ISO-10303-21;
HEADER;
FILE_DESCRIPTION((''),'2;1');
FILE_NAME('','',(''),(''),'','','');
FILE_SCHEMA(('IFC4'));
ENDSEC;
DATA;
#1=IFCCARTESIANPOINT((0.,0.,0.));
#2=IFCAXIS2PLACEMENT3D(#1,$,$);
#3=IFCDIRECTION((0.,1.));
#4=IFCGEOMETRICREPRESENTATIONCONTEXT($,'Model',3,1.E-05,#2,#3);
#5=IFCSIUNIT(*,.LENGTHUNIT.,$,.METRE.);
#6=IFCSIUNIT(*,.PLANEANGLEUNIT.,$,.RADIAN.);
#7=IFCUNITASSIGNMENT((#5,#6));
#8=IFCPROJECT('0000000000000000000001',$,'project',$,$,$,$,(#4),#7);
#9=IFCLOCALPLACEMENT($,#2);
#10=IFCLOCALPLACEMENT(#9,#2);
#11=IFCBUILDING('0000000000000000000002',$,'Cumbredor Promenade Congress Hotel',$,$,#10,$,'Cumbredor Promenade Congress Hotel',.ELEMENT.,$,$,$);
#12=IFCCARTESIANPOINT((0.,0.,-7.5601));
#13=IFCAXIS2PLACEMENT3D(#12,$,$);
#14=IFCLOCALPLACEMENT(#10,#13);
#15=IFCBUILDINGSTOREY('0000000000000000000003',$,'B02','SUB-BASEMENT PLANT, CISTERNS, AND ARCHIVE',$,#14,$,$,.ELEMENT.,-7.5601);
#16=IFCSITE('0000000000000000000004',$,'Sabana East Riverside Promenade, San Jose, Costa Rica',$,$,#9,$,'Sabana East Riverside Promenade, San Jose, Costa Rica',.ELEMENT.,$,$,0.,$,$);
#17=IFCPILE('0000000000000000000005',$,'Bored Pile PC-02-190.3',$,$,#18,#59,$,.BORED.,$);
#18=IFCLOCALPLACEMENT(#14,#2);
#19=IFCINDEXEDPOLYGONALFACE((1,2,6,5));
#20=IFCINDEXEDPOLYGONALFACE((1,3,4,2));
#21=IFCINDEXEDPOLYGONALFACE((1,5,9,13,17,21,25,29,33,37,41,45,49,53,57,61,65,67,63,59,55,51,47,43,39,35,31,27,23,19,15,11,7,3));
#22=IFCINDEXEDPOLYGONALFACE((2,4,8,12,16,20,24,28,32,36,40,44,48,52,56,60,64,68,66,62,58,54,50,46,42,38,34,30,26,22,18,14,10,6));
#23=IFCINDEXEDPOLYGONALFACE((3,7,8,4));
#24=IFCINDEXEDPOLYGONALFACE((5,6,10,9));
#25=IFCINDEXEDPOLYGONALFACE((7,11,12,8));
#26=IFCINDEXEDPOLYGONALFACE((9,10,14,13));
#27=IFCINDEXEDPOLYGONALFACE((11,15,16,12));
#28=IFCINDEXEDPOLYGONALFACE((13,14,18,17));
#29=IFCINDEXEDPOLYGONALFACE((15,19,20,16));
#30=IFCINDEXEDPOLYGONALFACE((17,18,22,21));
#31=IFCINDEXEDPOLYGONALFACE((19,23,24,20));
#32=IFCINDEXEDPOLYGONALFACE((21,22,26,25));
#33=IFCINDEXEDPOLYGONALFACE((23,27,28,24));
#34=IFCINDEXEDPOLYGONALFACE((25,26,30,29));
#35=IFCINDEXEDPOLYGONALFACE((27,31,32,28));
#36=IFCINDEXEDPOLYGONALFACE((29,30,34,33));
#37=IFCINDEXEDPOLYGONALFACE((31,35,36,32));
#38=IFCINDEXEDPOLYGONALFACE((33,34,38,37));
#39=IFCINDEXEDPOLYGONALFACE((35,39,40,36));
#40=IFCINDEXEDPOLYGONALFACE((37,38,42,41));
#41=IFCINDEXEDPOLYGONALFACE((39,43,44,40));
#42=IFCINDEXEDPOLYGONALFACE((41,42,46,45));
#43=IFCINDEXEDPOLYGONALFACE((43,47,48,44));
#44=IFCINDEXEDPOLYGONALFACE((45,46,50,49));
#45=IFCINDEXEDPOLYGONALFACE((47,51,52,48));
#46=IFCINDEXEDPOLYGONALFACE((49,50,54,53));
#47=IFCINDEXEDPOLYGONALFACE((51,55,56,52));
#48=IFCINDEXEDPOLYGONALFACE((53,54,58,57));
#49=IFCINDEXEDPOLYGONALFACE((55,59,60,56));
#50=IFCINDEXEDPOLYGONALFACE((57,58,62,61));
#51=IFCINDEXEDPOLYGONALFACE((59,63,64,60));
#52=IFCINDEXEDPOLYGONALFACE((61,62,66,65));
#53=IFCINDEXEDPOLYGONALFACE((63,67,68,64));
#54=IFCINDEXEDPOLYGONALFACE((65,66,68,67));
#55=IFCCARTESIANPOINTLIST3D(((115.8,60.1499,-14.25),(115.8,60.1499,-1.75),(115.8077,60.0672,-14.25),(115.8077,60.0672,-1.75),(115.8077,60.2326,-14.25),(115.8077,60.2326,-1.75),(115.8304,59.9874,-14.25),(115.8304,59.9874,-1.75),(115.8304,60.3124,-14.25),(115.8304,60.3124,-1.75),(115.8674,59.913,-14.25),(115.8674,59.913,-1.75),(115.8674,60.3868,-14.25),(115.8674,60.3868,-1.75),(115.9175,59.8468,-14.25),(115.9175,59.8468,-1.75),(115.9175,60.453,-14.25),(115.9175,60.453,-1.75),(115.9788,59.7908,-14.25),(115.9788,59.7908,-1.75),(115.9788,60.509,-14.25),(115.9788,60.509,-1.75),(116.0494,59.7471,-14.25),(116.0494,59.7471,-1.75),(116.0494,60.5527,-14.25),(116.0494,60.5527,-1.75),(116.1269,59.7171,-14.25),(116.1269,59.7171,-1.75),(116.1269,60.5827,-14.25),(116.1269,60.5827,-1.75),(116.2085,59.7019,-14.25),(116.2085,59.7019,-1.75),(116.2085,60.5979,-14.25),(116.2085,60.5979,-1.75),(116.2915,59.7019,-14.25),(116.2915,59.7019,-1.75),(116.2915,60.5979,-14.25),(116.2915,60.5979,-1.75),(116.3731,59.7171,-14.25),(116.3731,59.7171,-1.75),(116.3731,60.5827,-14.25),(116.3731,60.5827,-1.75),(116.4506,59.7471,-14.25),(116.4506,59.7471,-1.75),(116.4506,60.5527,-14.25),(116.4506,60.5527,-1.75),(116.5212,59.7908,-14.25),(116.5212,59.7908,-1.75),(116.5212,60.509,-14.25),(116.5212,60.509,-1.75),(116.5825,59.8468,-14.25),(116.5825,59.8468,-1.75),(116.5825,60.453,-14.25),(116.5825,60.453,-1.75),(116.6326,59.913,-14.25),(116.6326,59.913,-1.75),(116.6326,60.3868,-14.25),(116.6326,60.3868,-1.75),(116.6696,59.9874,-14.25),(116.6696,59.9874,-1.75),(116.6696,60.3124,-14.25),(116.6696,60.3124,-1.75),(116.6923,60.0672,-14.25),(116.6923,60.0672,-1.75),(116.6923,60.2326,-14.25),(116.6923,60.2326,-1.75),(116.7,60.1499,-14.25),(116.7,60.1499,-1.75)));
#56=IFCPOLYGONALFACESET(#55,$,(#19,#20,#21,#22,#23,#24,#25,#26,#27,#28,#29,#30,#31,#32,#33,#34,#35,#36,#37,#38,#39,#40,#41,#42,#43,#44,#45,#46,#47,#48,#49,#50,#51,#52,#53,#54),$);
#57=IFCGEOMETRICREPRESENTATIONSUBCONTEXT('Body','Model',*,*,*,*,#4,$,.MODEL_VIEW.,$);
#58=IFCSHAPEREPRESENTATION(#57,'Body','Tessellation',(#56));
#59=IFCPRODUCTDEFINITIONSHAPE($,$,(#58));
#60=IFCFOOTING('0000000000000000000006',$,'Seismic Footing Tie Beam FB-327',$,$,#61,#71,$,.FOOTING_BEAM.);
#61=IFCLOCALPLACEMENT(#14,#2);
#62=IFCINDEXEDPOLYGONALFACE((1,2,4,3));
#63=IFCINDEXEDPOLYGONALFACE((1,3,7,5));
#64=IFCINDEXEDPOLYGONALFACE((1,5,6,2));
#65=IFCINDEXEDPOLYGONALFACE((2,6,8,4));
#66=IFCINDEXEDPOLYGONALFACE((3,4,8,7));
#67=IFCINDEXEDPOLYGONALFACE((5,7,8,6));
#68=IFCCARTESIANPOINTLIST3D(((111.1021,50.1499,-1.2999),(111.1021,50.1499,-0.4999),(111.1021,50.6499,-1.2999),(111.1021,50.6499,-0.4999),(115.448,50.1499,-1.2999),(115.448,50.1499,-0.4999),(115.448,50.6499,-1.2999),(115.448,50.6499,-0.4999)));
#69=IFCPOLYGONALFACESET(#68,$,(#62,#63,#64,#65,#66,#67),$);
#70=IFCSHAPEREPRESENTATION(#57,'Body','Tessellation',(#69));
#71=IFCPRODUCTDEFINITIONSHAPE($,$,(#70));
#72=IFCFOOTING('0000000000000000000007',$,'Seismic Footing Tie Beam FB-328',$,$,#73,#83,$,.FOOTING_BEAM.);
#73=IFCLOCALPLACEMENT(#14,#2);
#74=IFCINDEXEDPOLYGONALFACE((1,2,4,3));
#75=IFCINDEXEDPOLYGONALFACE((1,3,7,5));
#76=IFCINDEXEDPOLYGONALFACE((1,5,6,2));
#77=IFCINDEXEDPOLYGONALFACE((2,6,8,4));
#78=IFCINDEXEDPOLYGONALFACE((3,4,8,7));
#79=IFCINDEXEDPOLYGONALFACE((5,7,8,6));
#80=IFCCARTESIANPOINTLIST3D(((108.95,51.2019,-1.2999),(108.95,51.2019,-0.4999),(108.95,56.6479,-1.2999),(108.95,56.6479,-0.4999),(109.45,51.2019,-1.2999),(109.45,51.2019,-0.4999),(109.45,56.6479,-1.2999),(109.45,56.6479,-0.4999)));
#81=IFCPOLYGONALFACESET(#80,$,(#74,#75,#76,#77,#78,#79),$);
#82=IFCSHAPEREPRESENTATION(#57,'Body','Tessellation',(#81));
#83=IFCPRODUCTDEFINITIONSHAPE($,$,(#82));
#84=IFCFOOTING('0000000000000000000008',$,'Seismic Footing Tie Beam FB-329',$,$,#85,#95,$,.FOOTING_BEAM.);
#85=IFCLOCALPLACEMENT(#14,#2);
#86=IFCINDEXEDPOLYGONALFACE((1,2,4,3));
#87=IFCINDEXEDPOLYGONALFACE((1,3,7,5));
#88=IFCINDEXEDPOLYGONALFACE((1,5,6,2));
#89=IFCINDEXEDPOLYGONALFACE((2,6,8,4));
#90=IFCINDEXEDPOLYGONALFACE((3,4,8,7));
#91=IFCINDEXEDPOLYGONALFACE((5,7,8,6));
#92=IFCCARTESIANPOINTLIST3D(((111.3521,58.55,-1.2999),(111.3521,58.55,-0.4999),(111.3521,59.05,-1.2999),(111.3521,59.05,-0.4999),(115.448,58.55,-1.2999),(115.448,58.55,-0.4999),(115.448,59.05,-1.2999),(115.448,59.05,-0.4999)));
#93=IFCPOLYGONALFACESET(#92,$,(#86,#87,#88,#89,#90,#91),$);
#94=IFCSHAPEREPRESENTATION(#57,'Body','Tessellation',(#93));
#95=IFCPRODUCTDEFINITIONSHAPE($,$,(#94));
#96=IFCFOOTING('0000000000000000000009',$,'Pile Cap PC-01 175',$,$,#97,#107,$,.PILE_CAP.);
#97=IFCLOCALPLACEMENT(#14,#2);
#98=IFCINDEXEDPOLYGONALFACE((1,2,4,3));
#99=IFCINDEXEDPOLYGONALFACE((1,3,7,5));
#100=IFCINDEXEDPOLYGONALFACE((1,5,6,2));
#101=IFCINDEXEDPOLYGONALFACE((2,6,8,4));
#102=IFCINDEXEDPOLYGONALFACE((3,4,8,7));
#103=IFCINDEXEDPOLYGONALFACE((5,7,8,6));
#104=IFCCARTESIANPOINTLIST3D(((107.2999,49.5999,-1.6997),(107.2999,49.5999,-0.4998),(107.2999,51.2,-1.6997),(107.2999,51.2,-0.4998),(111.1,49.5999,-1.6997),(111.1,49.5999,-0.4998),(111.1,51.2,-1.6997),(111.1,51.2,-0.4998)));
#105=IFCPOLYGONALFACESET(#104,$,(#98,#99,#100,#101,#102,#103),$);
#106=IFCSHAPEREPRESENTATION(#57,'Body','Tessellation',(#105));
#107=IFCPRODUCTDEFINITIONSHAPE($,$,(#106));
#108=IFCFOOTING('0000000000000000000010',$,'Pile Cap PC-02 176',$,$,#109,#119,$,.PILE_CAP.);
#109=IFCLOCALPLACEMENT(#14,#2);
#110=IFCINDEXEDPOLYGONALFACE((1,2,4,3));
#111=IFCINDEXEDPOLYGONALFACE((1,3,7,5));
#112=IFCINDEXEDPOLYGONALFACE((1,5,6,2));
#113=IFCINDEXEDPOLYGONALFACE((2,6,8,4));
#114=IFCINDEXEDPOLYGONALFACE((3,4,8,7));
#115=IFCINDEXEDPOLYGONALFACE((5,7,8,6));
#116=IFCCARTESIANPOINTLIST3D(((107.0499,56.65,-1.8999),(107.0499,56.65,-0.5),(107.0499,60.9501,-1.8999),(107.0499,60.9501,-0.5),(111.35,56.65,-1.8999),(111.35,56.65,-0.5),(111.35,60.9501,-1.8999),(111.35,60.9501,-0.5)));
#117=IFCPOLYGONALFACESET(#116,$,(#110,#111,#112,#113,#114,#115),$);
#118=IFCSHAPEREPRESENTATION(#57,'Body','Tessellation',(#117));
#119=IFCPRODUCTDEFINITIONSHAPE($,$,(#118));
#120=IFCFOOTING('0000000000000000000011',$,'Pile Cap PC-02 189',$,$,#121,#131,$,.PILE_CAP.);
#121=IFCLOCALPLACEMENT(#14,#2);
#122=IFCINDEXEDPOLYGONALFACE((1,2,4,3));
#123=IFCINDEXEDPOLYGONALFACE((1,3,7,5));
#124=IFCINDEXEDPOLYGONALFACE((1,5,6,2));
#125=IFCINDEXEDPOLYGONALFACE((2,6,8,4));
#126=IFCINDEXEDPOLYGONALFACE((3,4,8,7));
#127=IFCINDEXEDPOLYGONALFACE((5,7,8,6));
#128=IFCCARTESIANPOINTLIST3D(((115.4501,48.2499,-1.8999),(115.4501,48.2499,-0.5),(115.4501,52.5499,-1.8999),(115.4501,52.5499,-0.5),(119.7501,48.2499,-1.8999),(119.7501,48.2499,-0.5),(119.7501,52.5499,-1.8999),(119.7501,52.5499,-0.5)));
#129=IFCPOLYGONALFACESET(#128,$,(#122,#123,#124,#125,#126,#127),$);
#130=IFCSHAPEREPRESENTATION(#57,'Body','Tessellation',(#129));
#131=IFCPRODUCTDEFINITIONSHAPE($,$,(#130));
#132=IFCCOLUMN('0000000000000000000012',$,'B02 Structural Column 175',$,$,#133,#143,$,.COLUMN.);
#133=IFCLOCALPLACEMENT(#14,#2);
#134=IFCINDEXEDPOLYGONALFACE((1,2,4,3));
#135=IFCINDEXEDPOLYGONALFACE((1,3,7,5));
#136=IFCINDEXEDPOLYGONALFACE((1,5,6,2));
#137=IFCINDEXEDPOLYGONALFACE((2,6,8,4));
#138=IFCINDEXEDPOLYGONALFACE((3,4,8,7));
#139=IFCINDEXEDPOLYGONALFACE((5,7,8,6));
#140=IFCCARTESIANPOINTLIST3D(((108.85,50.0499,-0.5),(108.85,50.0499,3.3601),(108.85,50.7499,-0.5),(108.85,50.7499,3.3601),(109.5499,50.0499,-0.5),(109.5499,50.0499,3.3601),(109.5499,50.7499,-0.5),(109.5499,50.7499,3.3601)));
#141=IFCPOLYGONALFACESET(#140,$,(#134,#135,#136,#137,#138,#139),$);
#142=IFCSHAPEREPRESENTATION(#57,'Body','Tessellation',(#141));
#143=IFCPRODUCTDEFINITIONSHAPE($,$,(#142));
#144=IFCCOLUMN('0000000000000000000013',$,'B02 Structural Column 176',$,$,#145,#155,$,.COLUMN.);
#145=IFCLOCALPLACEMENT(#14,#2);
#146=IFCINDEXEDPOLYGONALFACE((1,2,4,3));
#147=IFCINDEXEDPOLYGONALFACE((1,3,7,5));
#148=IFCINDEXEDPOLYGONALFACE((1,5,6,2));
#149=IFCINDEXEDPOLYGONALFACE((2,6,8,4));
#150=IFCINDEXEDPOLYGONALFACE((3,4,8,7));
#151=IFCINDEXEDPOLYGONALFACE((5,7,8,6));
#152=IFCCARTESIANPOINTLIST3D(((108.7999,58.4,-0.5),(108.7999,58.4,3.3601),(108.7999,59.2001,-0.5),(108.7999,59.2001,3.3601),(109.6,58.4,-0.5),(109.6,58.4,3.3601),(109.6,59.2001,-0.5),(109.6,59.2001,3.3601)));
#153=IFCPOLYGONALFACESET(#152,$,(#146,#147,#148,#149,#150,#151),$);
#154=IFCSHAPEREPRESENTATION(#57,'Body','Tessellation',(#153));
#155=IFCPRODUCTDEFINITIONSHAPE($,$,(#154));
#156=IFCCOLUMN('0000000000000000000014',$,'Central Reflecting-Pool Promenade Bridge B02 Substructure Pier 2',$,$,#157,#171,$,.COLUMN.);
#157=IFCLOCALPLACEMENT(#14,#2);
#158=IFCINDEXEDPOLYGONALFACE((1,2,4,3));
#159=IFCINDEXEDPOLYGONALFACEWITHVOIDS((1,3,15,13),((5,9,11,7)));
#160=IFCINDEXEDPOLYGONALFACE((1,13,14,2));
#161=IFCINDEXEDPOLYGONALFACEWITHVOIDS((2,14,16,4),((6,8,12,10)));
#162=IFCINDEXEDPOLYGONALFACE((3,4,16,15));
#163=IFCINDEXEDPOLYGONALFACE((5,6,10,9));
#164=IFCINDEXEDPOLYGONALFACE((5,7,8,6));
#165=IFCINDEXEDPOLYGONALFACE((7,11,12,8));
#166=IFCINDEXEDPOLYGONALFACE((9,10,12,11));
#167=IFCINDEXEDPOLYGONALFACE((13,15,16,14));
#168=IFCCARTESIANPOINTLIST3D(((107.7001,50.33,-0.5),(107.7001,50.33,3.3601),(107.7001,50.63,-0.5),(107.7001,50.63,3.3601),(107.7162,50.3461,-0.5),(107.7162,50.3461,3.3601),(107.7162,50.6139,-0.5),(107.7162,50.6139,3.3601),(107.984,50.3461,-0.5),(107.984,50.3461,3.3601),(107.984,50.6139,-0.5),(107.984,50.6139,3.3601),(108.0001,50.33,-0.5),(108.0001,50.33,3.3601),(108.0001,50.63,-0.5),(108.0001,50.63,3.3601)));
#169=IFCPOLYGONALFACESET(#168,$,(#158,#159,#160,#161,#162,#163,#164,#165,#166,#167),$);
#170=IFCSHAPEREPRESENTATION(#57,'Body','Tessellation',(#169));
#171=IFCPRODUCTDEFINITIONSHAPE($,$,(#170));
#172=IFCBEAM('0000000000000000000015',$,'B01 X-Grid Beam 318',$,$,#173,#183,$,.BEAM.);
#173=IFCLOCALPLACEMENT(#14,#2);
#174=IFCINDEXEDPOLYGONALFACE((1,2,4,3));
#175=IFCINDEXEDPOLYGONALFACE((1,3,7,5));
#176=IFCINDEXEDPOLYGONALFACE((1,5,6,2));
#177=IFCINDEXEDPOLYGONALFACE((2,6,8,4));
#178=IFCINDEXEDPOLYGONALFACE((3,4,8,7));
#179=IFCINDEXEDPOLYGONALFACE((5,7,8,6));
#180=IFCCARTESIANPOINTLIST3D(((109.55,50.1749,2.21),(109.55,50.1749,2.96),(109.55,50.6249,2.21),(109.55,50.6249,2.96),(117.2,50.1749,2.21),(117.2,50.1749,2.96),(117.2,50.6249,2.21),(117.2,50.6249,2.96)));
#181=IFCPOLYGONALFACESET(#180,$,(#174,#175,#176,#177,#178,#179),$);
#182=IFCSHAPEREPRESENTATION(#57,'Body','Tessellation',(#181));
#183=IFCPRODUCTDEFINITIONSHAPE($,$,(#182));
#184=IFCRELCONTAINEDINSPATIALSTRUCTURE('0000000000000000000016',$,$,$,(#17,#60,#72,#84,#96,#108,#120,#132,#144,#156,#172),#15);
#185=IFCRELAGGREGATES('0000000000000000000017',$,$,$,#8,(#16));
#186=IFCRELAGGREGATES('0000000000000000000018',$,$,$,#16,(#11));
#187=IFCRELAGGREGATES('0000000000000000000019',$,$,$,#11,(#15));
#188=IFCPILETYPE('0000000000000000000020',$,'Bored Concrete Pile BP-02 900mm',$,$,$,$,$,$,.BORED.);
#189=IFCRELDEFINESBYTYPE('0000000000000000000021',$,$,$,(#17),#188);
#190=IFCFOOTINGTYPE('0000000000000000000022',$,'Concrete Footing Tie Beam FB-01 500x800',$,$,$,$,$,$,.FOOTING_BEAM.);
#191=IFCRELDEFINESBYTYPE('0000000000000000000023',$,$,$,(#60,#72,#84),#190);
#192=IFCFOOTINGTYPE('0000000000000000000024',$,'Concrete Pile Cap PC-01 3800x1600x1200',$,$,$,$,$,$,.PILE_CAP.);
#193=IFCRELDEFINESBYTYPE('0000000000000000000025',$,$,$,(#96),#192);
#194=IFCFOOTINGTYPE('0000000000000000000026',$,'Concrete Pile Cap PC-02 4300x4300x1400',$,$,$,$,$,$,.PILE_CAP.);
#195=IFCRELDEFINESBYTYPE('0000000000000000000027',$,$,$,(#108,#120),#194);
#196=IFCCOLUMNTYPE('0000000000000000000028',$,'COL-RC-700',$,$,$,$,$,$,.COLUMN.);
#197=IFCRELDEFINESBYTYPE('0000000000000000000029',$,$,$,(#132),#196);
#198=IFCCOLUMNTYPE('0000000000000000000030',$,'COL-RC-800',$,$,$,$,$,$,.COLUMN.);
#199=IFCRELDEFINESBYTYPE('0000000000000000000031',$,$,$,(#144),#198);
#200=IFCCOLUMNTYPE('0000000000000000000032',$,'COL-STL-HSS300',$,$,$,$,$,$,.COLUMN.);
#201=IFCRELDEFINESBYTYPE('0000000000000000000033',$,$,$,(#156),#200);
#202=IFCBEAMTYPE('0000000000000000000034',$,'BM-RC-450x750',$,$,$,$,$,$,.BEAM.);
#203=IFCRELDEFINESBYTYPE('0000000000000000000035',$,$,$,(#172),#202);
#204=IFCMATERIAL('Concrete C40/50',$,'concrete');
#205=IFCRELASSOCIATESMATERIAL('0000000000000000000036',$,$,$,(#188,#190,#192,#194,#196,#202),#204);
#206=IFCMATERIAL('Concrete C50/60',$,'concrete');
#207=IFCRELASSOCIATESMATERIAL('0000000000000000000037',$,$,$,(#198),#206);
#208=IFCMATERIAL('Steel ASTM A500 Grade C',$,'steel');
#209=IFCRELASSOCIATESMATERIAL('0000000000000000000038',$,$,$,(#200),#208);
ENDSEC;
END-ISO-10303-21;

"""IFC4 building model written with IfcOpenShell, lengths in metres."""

from ifc_helpers import new_model, si_unit, direction, frame, origin, origin_2d, place, context, subcontext, project, spatial, rectangle, hollow_rectangle, circle, extrude, material, material_profile, profile_set, type_object, element, save


model = new_model("IFC4")

# Units and contexts
model_context = context("Model", 3, precision=1e-05, world=origin(), true_north=direction((0.0, 1.0)))
body_context = subcontext(model_context, "Body", "Model", "MODEL_VIEW")
ifc_project = project(units=[si_unit("LENGTHUNIT", "METRE"), si_unit("PLANEANGLEUNIT", "RADIAN")], contexts=[model_context])

# Site, building, storey
site_placement = place(None, origin())
site = spatial("IfcSite", under=ifc_project, at=site_placement, Name="Sabana East Riverside Promenade, San Jose, Costa Rica", LongName="Sabana East Riverside Promenade, San Jose, Costa Rica", CompositionType="ELEMENT", RefElevation=0.0)
building_placement = place(site_placement, origin())
building = spatial("IfcBuilding", under=site, at=building_placement, Name="Cumbredor Promenade Congress Hotel", LongName="Cumbredor Promenade Congress Hotel", CompositionType="ELEMENT")
storey_placement = place(building_placement, frame((0.0, 0.0, -7.5601)))
storey = spatial("IfcBuildingStorey", under=building, at=storey_placement, Name="B02", Description="SUB-BASEMENT PLANT, CISTERNS, AND ARCHIVE", CompositionType="ELEMENT", Elevation=-7.5601)

# Pile
ifc_material_1 = material(Name="Concrete C40/50", Category="concrete")
ifc_material_profile_1 = material_profile(ifc_material_1, circle(Radius=0.45, at=origin_2d()), Name="PILE D900")
ifc_profile_set_1 = profile_set([ifc_material_profile_1], Name="Concrete C40/50")
pile_type_1 = type_object("IfcPileType", Name="Bored Concrete Pile BP-02 900mm", PredefinedType="BORED", material=ifc_profile_set_1)
for number, where, z_axis, x_axis, name in (
    (1, (116.25, 60.1499, -1.75), (0.0, 0.0, -1.0), (1.0, 0.0, 0.0), "Bored Pile PC-02-190.3"),
):
    element("IfcPile", number, at=place(storey_placement, frame(where, z_axis=z_axis, x_axis=x_axis)), inside=storey, type_object=pile_type_1, Name=name, PredefinedType="BORED", context=body_context, shape_type="SweptSolid", body=[
        extrude(circle(Radius=0.45, at=origin_2d()), origin(), (0.0, 0.0, 1.0), 12.5),
    ])

# Footings
ifc_material_profile_2 = material_profile(ifc_material_1, rectangle(XDim=0.5, YDim=0.8, at=origin_2d()), Name="FB 500x800")
ifc_profile_set_2 = profile_set([ifc_material_profile_2], Name="Concrete C40/50")
footing_type_1 = type_object("IfcFootingType", Name="Concrete Footing Tie Beam FB-01 500x800", PredefinedType="FOOTING_BEAM", material=ifc_profile_set_2)
footing_1_placement = place(storey_placement, frame((111.1021, 50.3999, -0.8999), z_axis=(1.0, 0.0, 0.0), x_axis=(0.0, 1.0, 0.0)))
element("IfcFooting", 2, at=footing_1_placement, inside=storey, type_object=footing_type_1, Name="Seismic Footing Tie Beam FB-327", PredefinedType="FOOTING_BEAM", context=body_context, shape_type="SweptSolid", body=[
    extrude(rectangle(XDim=0.5, YDim=0.8, at=origin_2d()), origin(), (0.0, 0.0, 1.0), 4.3459),
])
footing_2_placement = place(storey_placement, frame((109.2, 51.2019, -0.8999), z_axis=(0.0, 1.0, 0.0), x_axis=(-1.0, 0.0, 0.0)))
element("IfcFooting", 3, at=footing_2_placement, inside=storey, type_object=footing_type_1, Name="Seismic Footing Tie Beam FB-328", PredefinedType="FOOTING_BEAM", context=body_context, shape_type="SweptSolid", body=[
    extrude(rectangle(XDim=0.5, YDim=0.8, at=origin_2d()), origin(), (0.0, 0.0, 1.0), 5.446),
])
footing_3_placement = place(storey_placement, frame((111.3521, 58.8, -0.8999), z_axis=(1.0, 0.0, 0.0), x_axis=(0.0, 1.0, 0.0)))
element("IfcFooting", 4, at=footing_3_placement, inside=storey, type_object=footing_type_1, Name="Seismic Footing Tie Beam FB-329", PredefinedType="FOOTING_BEAM", context=body_context, shape_type="SweptSolid", body=[
    extrude(rectangle(XDim=0.5, YDim=0.8, at=origin_2d()), origin(), (0.0, 0.0, 1.0), 4.0959),
])
footing_type_2 = type_object("IfcFootingType", Name="Concrete Pile Cap PC-01 3800x1600x1200", PredefinedType="PILE_CAP", material=ifc_material_1)
footing_4_placement = place(storey_placement, frame((109.2, 50.3999, -1.6997), z_axis=(0.0, 0.0, 1.0), x_axis=(1.0, 0.0, 0.0)))
element("IfcFooting", 5, at=footing_4_placement, inside=storey, type_object=footing_type_2, Name="Pile Cap PC-01 175", PredefinedType="PILE_CAP", context=body_context, shape_type="SweptSolid", body=[
    extrude(rectangle(XDim=3.8, YDim=1.6001, at=origin_2d()), origin(), (0.0, 0.0, 1.0), 1.2),
])
footing_type_3 = type_object("IfcFootingType", Name="Concrete Pile Cap PC-02 4300x4300x1400", PredefinedType="PILE_CAP", material=ifc_material_1)
for number, where, z_axis, x_axis, name in (
    (6, (109.2, 58.8, -1.8999), (0.0, 0.0, 1.0), (1.0, 0.0, 0.0), "Pile Cap PC-02 176"),
    (7, (117.6001, 50.3999, -1.8999), (0.0, 0.0, 1.0), (1.0, 0.0, 0.0), "Pile Cap PC-02 189"),
):
    element("IfcFooting", number, at=place(storey_placement, frame(where, z_axis=z_axis, x_axis=x_axis)), inside=storey, type_object=footing_type_3, Name=name, PredefinedType="PILE_CAP", context=body_context, shape_type="SweptSolid", body=[
        extrude(rectangle(XDim=4.3, YDim=4.3, at=origin_2d()), origin(), (0.0, 0.0, 1.0), 1.3999),
    ])

# Columns
ifc_material_profile_3 = material_profile(ifc_material_1, rectangle(XDim=0.7, YDim=0.7, at=origin_2d()), Name="RC 700x700")
ifc_profile_set_3 = profile_set([ifc_material_profile_3], Name="Concrete C40/50")
column_type_1 = type_object("IfcColumnType", Name="COL-RC-700", PredefinedType="COLUMN", material=ifc_profile_set_3)
column_1_placement = place(storey_placement, frame((109.2, 50.3999, -0.5), z_axis=(0.0, 0.0, 1.0), x_axis=(1.0, 0.0, 0.0)))
element("IfcColumn", 8, at=column_1_placement, inside=storey, type_object=column_type_1, Name="B02 Structural Column 175", PredefinedType="COLUMN", context=body_context, shape_type="SweptSolid", body=[
    extrude(rectangle(XDim=0.7, YDim=0.7, at=origin_2d()), origin(), (0.0, 0.0, 1.0), 3.8601),
])
ifc_material_2 = material(Name="Concrete C50/60", Category="concrete")
ifc_material_profile_4 = material_profile(ifc_material_2, rectangle(XDim=0.8, YDim=0.8, at=origin_2d()), Name="RC 800x800")
ifc_profile_set_4 = profile_set([ifc_material_profile_4], Name="Concrete C50/60")
column_type_2 = type_object("IfcColumnType", Name="COL-RC-800", PredefinedType="COLUMN", material=ifc_profile_set_4)
column_2_placement = place(storey_placement, frame((109.2, 58.8, -0.5), z_axis=(0.0, 0.0, 1.0), x_axis=(1.0, 0.0, 0.0)))
element("IfcColumn", 9, at=column_2_placement, inside=storey, type_object=column_type_2, Name="B02 Structural Column 176", PredefinedType="COLUMN", context=body_context, shape_type="SweptSolid", body=[
    extrude(rectangle(XDim=0.8, YDim=0.8, at=origin_2d()), origin(), (0.0, 0.0, 1.0), 3.8601),
])
ifc_material_3 = material(Name="Steel ASTM A500 Grade C", Category="steel")
ifc_material_profile_5 = material_profile(ifc_material_3, hollow_rectangle(XDim=0.3, YDim=0.3, WallThickness=0.0161, at=origin_2d()), Name="HSS 300x300x16")
ifc_profile_set_5 = profile_set([ifc_material_profile_5], Name="Steel ASTM A500 Grade C")
column_type_3 = type_object("IfcColumnType", Name="COL-STL-HSS300", PredefinedType="COLUMN", material=ifc_profile_set_5)
column_3_placement = place(storey_placement, frame((107.8501, 50.48, -0.5), z_axis=(0.0, 0.0, 1.0), x_axis=(1.0, 0.0, 0.0)))
element("IfcColumn", 10, at=column_3_placement, inside=storey, type_object=column_type_3, Name="Central Reflecting-Pool Promenade Bridge B02 Substructure Pier 2", PredefinedType="COLUMN", context=body_context, shape_type="SweptSolid", body=[
    extrude(hollow_rectangle(XDim=0.3, YDim=0.3, WallThickness=0.0161, at=origin_2d()), origin(), (0.0, 0.0, 1.0), 3.8601),
])

# Beam
ifc_material_profile_6 = material_profile(ifc_material_1, rectangle(XDim=0.45, YDim=0.75, at=origin_2d()), Name="RC BEAM 450x750")
ifc_profile_set_6 = profile_set([ifc_material_profile_6], Name="Concrete C40/50")
beam_type_1 = type_object("IfcBeamType", Name="BM-RC-450x750", PredefinedType="BEAM", material=ifc_profile_set_6)
beam_1_placement = place(storey_placement, frame((109.55, 50.3999, 2.585), z_axis=(1.0, 0.0, 0.0), x_axis=(0.0, 1.0, 0.0)))
element("IfcBeam", 11, at=beam_1_placement, inside=storey, type_object=beam_type_1, Name="B01 X-Grid Beam 318", PredefinedType="BEAM", context=body_context, shape_type="SweptSolid", body=[
    extrude(rectangle(XDim=0.45, YDim=0.75, at=origin_2d()), origin(), (0.0, 0.0, 1.0), 7.6499),
])

save(model, "model.ifc")
